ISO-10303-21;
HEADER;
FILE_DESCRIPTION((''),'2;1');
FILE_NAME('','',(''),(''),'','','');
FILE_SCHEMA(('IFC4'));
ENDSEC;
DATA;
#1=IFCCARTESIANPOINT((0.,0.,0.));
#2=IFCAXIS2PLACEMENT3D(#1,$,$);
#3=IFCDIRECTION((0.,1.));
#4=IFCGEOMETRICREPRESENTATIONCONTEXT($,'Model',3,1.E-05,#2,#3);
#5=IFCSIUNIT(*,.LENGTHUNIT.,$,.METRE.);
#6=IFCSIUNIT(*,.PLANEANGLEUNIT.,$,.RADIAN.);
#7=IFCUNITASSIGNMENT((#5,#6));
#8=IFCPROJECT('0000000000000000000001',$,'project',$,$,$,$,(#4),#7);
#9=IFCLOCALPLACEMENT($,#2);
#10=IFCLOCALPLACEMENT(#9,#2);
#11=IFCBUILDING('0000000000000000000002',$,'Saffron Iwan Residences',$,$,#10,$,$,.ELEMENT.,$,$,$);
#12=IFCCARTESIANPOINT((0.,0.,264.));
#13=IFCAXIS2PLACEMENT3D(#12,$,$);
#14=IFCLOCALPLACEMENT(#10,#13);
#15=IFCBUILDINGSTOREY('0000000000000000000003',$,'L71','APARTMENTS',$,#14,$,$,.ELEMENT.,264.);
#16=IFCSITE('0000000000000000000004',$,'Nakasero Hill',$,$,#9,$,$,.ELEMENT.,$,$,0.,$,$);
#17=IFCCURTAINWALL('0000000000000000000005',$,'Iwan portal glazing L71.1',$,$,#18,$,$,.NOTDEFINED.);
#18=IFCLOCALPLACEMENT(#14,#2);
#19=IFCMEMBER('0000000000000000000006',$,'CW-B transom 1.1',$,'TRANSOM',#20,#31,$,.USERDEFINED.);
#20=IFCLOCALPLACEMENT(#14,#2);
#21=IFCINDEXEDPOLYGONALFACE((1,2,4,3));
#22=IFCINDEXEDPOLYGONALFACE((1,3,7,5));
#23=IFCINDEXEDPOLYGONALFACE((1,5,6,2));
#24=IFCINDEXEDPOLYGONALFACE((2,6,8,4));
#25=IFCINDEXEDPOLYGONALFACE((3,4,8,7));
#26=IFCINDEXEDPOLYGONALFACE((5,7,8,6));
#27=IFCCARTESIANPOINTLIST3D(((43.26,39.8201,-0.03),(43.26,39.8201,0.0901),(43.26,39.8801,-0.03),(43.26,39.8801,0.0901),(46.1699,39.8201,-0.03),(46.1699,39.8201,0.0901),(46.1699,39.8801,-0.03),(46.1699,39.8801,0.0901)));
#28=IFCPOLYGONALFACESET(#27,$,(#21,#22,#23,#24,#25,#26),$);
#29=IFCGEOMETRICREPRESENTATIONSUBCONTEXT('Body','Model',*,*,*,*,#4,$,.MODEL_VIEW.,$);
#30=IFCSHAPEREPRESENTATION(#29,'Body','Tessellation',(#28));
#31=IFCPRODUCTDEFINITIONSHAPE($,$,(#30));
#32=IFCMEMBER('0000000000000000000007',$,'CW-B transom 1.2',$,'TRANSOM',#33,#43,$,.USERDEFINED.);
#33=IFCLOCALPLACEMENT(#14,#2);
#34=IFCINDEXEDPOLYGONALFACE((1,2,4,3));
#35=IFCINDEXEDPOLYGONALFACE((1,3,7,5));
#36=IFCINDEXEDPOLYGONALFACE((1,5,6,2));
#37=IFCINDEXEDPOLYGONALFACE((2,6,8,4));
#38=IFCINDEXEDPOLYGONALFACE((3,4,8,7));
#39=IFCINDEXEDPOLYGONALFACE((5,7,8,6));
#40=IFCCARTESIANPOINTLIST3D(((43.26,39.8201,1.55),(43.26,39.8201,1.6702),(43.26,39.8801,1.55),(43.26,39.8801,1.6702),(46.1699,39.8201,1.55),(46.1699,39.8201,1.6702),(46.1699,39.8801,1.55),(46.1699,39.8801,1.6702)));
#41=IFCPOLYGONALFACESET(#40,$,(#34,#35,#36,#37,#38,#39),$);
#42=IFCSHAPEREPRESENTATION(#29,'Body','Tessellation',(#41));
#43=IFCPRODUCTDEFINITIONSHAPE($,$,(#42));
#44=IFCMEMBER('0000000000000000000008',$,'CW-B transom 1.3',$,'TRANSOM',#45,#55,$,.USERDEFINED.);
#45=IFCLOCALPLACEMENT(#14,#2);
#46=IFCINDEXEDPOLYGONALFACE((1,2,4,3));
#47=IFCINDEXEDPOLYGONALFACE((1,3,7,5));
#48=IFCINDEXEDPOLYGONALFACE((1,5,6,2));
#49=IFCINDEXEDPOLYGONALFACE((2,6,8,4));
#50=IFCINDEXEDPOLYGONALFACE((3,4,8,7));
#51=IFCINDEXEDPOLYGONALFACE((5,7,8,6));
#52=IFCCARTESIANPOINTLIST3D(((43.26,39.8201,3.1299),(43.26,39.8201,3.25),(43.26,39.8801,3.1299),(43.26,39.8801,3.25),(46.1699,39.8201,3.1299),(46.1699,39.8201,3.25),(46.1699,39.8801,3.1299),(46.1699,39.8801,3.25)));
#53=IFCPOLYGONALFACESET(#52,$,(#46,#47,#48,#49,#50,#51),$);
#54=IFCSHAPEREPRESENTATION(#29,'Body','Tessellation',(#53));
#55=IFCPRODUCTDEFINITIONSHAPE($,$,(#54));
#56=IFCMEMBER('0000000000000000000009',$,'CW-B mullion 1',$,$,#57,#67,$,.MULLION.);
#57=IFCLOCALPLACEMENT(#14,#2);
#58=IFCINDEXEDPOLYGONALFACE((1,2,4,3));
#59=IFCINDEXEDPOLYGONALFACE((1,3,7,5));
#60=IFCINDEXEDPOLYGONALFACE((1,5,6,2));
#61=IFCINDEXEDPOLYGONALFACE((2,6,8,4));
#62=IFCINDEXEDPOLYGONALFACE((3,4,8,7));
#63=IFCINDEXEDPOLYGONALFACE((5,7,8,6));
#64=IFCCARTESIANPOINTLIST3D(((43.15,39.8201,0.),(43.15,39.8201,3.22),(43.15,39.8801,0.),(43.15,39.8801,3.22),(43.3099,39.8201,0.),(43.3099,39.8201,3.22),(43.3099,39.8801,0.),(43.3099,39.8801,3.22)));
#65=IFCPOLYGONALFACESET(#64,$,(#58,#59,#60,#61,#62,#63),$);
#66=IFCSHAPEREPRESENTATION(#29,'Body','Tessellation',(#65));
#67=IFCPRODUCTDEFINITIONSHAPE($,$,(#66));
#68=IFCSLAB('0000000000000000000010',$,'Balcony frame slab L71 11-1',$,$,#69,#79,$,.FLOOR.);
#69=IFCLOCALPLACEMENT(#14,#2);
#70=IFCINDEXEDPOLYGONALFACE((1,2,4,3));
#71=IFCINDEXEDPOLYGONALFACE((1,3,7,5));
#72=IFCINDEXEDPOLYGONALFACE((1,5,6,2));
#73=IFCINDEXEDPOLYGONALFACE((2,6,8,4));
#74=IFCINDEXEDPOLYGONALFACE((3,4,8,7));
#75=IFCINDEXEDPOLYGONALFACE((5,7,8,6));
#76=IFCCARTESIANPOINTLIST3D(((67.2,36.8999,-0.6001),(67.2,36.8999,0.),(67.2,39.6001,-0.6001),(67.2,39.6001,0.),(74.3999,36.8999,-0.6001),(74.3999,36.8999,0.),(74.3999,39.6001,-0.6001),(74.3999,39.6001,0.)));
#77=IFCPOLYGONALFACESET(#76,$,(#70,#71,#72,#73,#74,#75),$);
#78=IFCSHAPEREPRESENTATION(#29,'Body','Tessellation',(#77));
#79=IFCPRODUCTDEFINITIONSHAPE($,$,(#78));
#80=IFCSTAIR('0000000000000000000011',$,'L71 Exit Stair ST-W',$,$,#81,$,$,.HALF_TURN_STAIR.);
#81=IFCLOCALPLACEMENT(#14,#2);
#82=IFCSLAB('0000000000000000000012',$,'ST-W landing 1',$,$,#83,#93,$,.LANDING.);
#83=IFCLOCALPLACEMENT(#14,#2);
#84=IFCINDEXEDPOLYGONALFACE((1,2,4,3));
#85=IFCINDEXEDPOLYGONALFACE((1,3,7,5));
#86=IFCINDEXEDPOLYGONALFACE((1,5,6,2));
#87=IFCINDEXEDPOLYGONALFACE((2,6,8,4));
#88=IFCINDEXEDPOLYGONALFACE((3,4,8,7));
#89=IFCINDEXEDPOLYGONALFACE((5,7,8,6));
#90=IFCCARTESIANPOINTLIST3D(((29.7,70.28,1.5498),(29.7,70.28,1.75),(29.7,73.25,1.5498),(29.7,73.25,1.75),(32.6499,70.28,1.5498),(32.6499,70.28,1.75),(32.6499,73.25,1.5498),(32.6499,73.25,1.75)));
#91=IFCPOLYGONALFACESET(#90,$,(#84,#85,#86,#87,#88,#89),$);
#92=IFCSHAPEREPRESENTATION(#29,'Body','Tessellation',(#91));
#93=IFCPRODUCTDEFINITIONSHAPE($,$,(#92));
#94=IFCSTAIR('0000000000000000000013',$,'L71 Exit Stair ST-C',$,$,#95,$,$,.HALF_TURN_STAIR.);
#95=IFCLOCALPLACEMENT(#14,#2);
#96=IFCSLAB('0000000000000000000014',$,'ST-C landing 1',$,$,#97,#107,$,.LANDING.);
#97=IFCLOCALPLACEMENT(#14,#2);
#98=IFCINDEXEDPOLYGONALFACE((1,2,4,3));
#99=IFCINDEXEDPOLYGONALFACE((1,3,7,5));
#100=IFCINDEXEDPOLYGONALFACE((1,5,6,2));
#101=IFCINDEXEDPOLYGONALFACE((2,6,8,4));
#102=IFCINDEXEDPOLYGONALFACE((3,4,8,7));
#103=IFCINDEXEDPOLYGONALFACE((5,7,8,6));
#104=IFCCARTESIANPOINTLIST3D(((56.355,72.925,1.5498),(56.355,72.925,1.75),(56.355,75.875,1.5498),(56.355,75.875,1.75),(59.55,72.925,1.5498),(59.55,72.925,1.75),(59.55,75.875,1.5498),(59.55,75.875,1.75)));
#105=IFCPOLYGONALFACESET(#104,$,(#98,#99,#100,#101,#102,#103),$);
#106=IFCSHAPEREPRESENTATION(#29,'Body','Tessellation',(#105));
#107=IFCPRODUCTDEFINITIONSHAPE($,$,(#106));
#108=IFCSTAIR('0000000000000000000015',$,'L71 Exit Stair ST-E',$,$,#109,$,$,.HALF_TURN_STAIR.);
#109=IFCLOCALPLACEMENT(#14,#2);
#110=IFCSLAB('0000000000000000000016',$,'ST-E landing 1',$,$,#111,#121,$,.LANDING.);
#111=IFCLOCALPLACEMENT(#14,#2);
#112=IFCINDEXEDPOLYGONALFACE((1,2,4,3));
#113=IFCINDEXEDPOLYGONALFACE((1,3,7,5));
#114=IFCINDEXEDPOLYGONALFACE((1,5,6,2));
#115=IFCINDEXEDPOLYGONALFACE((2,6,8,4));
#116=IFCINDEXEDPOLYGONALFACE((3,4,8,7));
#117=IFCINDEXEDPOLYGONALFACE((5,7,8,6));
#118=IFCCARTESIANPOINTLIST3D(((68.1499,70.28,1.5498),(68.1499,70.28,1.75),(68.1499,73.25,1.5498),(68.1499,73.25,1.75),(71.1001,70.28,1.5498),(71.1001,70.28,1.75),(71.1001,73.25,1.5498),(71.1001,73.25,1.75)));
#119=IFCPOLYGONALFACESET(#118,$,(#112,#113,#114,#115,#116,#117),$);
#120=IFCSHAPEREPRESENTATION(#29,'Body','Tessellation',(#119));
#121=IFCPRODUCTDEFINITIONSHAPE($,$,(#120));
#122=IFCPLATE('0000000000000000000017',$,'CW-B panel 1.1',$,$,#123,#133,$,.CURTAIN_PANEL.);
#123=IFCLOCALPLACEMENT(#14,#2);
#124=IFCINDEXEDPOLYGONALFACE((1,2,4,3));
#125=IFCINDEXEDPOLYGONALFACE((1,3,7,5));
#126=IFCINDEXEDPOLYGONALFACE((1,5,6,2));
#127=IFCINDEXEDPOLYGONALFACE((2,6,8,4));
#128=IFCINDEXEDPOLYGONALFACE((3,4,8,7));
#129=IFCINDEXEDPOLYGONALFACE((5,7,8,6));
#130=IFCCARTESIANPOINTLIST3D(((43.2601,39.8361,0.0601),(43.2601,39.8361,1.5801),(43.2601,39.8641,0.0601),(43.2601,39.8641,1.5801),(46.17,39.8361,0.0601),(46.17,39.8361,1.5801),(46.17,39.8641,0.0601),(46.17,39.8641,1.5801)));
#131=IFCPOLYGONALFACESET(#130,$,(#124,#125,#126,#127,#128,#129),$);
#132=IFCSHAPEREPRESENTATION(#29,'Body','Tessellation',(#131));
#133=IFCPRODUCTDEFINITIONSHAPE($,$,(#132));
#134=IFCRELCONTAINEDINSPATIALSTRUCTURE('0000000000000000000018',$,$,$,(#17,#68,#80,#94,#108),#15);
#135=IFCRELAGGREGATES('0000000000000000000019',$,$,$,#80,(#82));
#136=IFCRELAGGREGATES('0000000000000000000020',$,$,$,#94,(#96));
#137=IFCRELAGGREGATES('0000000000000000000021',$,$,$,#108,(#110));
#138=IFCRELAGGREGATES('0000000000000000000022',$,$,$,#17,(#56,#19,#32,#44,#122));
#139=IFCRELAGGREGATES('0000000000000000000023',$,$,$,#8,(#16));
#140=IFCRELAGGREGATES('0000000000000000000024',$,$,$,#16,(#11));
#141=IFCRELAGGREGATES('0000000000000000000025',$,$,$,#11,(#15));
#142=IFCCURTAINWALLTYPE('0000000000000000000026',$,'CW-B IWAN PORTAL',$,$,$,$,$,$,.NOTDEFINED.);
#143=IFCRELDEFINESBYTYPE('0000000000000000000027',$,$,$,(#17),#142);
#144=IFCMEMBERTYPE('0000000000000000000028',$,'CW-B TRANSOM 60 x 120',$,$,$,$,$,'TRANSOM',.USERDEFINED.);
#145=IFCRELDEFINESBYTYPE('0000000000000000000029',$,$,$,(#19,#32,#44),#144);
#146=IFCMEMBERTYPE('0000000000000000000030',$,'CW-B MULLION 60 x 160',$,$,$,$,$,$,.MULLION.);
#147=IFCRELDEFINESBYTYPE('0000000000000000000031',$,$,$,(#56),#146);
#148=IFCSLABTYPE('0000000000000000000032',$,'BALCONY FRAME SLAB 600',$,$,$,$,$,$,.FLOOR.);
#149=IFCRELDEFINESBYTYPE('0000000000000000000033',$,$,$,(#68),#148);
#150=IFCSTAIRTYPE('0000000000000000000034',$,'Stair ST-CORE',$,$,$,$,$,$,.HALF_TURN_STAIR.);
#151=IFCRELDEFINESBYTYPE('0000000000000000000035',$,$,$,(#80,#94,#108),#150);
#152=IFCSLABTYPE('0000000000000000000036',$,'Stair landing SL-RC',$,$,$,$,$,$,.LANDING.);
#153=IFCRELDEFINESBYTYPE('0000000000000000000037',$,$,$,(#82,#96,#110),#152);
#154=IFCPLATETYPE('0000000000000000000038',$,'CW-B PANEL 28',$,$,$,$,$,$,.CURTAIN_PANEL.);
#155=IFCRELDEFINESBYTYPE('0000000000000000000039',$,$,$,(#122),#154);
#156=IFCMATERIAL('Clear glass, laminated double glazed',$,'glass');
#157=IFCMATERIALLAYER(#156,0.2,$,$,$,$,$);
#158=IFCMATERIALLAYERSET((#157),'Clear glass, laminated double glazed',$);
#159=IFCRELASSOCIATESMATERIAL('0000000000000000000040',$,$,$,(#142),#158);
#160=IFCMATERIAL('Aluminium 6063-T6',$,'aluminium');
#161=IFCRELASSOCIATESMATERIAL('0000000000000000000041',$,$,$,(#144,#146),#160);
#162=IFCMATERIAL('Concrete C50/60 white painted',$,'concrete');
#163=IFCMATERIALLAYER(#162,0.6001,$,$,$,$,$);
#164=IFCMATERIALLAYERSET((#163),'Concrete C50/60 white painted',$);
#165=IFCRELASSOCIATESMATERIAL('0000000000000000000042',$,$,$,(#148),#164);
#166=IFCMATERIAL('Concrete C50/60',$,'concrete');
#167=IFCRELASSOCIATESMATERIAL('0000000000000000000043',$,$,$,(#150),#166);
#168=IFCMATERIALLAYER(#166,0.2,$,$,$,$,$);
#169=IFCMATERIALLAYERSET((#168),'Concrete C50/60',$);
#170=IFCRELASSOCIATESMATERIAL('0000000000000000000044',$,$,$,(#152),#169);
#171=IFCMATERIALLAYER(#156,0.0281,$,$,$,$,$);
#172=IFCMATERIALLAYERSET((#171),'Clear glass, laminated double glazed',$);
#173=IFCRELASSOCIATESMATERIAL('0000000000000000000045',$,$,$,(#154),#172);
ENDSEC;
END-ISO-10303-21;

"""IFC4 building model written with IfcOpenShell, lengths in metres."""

from ifc_helpers import new_model, si_unit, direction, frame, origin, origin_2d, place, context, subcontext, project, spatial, polyline, rectangle, outline, extrude, source, transform, mapped, material, layer, layer_set, material_profile, profile_set, type_object, element, aggregate, save


model = new_model("IFC4")

# Units and contexts
model_context = context("Model", 3, precision=1e-05, world=origin(), true_north=direction((0.0, 1.0)))
body_context = subcontext(model_context, "Body", "Model", "MODEL_VIEW")
ifc_project = project(units=[si_unit("LENGTHUNIT", "METRE"), si_unit("PLANEANGLEUNIT", "RADIAN")], contexts=[model_context])

# Site, building, storey
site_placement = place(None, origin())
site = spatial("IfcSite", under=ifc_project, at=site_placement, Name="Nakasero Hill", CompositionType="ELEMENT", RefElevation=0.0)
building_placement = place(site_placement, origin())
building = spatial("IfcBuilding", under=site, at=building_placement, Name="Saffron Iwan Residences", CompositionType="ELEMENT")
storey_placement = place(building_placement, frame((0.0, 0.0, 264.0)))
storey = spatial("IfcBuildingStorey", under=building, at=storey_placement, Name="L71", Description="APARTMENTS", CompositionType="ELEMENT", Elevation=264.0)

# Curtain wall, members
ifc_material_1 = material(Name="Clear glass, laminated double glazed", Category="glass")
ifc_layer_1 = layer(ifc_material_1, 0.2)
ifc_layer_set_1 = layer_set([ifc_layer_1], Name="Clear glass, laminated double glazed")
curtain_wall_type = type_object("IfcCurtainWallType", Name="CW-B IWAN PORTAL", PredefinedType="NOTDEFINED", material=ifc_layer_set_1)
curtain_wall_placement = place(storey_placement, origin())
curtain_wall = element("IfcCurtainWall", 1, at=curtain_wall_placement, inside=storey, type_object=curtain_wall_type, Name="Iwan portal glazing L71.1", PredefinedType="NOTDEFINED")
ifc_material_2 = material(Name="Aluminium 6063-T6", Category="aluminium")
ifc_material_profile_1 = material_profile(ifc_material_2, rectangle(XDim=0.0601, YDim=0.1201, at=origin_2d()), Name="CW-B TRANSOM 60 x 120")
ifc_profile_set_1 = profile_set([ifc_material_profile_1], Name="Aluminium 6063-T6")
member_type_1 = type_object("IfcMemberType", Name="CW-B TRANSOM 60 x 120", ElementType="TRANSOM", PredefinedType="USERDEFINED", material=ifc_profile_set_1)
shared_shape_1 = source(origin(), body_context, "Body", "SweptSolid", [
    extrude(rectangle(XDim=0.0601, YDim=0.1201, at=origin_2d()), origin(), (0.0, 0.0, 1.0), 2.9099),
])
member_1_placement = place(storey_placement, frame((43.26, 39.8501, 0.03), z_axis=(1.0, 0.0, 0.0), x_axis=(0.0, 1.0, 0.0)))
member_1 = element("IfcMember", 2, at=member_1_placement, type_object=member_type_1, Name="CW-B transom 1.1", ObjectType="TRANSOM", PredefinedType="USERDEFINED", context=body_context, shape_type="MappedRepresentation", body=[
    mapped(shared_shape_1, transform((0.0, 0.0, 0.0))),
])
member_2_placement = place(storey_placement, frame((43.26, 39.8501, 1.6101), z_axis=(1.0, 0.0, 0.0), x_axis=(0.0, 1.0, 0.0)))
member_2 = element("IfcMember", 3, at=member_2_placement, type_object=member_type_1, Name="CW-B transom 1.2", ObjectType="TRANSOM", PredefinedType="USERDEFINED", context=body_context, shape_type="MappedRepresentation", body=[
    mapped(shared_shape_1, transform((0.0, 0.0, 0.0))),
])
member_3_placement = place(storey_placement, frame((43.26, 39.8501, 3.1899), z_axis=(1.0, 0.0, 0.0), x_axis=(0.0, 1.0, 0.0)))
member_3 = element("IfcMember", 4, at=member_3_placement, type_object=member_type_1, Name="CW-B transom 1.3", ObjectType="TRANSOM", PredefinedType="USERDEFINED", context=body_context, shape_type="MappedRepresentation", body=[
    mapped(shared_shape_1, transform((0.0, 0.0, 0.0))),
])
ifc_material_profile_2 = material_profile(ifc_material_2, rectangle(XDim=0.0601, YDim=0.1599, at=origin_2d()), Name="CW-B MULLION 60 x 160")
ifc_profile_set_2 = profile_set([ifc_material_profile_2], Name="Aluminium 6063-T6")
member_type_2 = type_object("IfcMemberType", Name="CW-B MULLION 60 x 160", PredefinedType="MULLION", material=ifc_profile_set_2)
shared_shape_2 = source(origin(), body_context, "Body", "SweptSolid", [
    extrude(rectangle(XDim=0.0601, YDim=0.1599, at=origin_2d()), origin(), (0.0, 0.0, 1.0), 3.22),
])
member_4_placement = place(storey_placement, frame((43.23, 39.8501, 0.0), z_axis=(0.0, 0.0, 1.0), x_axis=(0.0, 1.0, 0.0)))
member_4 = element("IfcMember", 5, at=member_4_placement, type_object=member_type_2, Name="CW-B mullion 1", PredefinedType="MULLION", context=body_context, shape_type="MappedRepresentation", body=[
    mapped(shared_shape_2, transform((0.0, 0.0, 0.0))),
])

# Slab
ifc_material_3 = material(Name="Concrete C50/60 white painted", Category="concrete")
ifc_layer_2 = layer(ifc_material_3, 0.6001)
ifc_layer_set_2 = layer_set([ifc_layer_2], Name="Concrete C50/60 white painted")
slab_type_1 = type_object("IfcSlabType", Name="BALCONY FRAME SLAB 600", PredefinedType="FLOOR", material=ifc_layer_set_2)
slab_1_placement = place(storey_placement, frame((0.0, 0.0, -0.6001)))
element("IfcSlab", 6, at=slab_1_placement, inside=storey, type_object=slab_type_1, Name="Balcony frame slab L71 11-1", PredefinedType="FLOOR", context=body_context, shape_type="SweptSolid", body=[
    extrude(outline(polyline([(67.2, 36.8999), (74.3999, 36.8999), (74.3999, 39.6001), (67.2, 39.6001), (67.2, 36.8999)])), origin(), (0.0, 0.0, 1.0), 0.6001),
])

# Stairs, slabs
ifc_material_4 = material(Name="Concrete C50/60", Category="concrete")
stair_type = type_object("IfcStairType", Name="Stair ST-CORE", PredefinedType="HALF_TURN_STAIR", material=ifc_material_4)
stair_1_placement = place(storey_placement, origin())
stair_1 = element("IfcStair", 7, at=stair_1_placement, inside=storey, type_object=stair_type, Name="L71 Exit Stair ST-W", PredefinedType="HALF_TURN_STAIR")
ifc_layer_3 = layer(ifc_material_4, 0.2)
ifc_layer_set_3 = layer_set([ifc_layer_3], Name="Concrete C50/60")
slab_type_2 = type_object("IfcSlabType", Name="Stair landing SL-RC", PredefinedType="LANDING", material=ifc_layer_set_3)
slab_2_placement = place(storey_placement, frame((0.0, 0.0, 1.5498)))
slab_2 = element("IfcSlab", 8, at=slab_2_placement, type_object=slab_type_2, Name="ST-W landing 1", PredefinedType="LANDING", context=body_context, shape_type="SweptSolid", body=[
    extrude(outline(polyline([(32.6499, 70.28), (32.6499, 73.25), (29.7, 73.25), (29.7, 70.28), (32.6499, 70.28)])), origin(), (0.0, 0.0, 1.0), 0.2002),
])
aggregate(stair_1, [slab_2])
stair_2_placement = place(storey_placement, origin())
stair_2 = element("IfcStair", 9, at=stair_2_placement, inside=storey, type_object=stair_type, Name="L71 Exit Stair ST-C", PredefinedType="HALF_TURN_STAIR")
slab_3_placement = place(storey_placement, frame((0.0, 0.0, 1.5498)))
slab_3 = element("IfcSlab", 10, at=slab_3_placement, type_object=slab_type_2, Name="ST-C landing 1", PredefinedType="LANDING", context=body_context, shape_type="SweptSolid", body=[
    extrude(outline(polyline([(56.355, 72.925), (59.55, 72.925), (59.55, 75.875), (56.355, 75.875), (56.355, 72.925)])), origin(), (0.0, 0.0, 1.0), 0.2002),
])
aggregate(stair_2, [slab_3])
stair_3_placement = place(storey_placement, origin())
stair_3 = element("IfcStair", 11, at=stair_3_placement, inside=storey, type_object=stair_type, Name="L71 Exit Stair ST-E", PredefinedType="HALF_TURN_STAIR")
slab_4_placement = place(storey_placement, frame((0.0, 0.0, 1.5498)))
slab_4 = element("IfcSlab", 12, at=slab_4_placement, type_object=slab_type_2, Name="ST-E landing 1", PredefinedType="LANDING", context=body_context, shape_type="SweptSolid", body=[
    extrude(outline(polyline([(71.1001, 70.28), (71.1001, 73.25), (68.1499, 73.25), (68.1499, 70.28), (71.1001, 70.28)])), origin(), (0.0, 0.0, 1.0), 0.2002),
])
aggregate(stair_3, [slab_4])

# Plate
ifc_layer_4 = layer(ifc_material_1, 0.0281)
ifc_layer_set_4 = layer_set([ifc_layer_4], Name="Clear glass, laminated double glazed")
plate_type = type_object("IfcPlateType", Name="CW-B PANEL 28", PredefinedType="CURTAIN_PANEL", material=ifc_layer_set_4)
shared_shape_3 = source(origin(), body_context, "Body", "SweptSolid", [
    extrude(rectangle(XDim=2.9099, YDim=0.0281, at=origin_2d()), origin(), (0.0, 0.0, 1.0), 1.52),
])
plate_placement = place(storey_placement, frame((44.7151, 39.8501, 0.0601), z_axis=(0.0, 0.0, 1.0), x_axis=(1.0, 0.0, 0.0)))
plate = element("IfcPlate", 13, at=plate_placement, type_object=plate_type, Name="CW-B panel 1.1", PredefinedType="CURTAIN_PANEL", context=body_context, shape_type="MappedRepresentation", body=[
    mapped(shared_shape_3, transform((0.0, 0.0, 0.0))),
])
aggregate(curtain_wall, [member_4, member_1, member_2, member_3, plate])

save(model, "model.ifc")
